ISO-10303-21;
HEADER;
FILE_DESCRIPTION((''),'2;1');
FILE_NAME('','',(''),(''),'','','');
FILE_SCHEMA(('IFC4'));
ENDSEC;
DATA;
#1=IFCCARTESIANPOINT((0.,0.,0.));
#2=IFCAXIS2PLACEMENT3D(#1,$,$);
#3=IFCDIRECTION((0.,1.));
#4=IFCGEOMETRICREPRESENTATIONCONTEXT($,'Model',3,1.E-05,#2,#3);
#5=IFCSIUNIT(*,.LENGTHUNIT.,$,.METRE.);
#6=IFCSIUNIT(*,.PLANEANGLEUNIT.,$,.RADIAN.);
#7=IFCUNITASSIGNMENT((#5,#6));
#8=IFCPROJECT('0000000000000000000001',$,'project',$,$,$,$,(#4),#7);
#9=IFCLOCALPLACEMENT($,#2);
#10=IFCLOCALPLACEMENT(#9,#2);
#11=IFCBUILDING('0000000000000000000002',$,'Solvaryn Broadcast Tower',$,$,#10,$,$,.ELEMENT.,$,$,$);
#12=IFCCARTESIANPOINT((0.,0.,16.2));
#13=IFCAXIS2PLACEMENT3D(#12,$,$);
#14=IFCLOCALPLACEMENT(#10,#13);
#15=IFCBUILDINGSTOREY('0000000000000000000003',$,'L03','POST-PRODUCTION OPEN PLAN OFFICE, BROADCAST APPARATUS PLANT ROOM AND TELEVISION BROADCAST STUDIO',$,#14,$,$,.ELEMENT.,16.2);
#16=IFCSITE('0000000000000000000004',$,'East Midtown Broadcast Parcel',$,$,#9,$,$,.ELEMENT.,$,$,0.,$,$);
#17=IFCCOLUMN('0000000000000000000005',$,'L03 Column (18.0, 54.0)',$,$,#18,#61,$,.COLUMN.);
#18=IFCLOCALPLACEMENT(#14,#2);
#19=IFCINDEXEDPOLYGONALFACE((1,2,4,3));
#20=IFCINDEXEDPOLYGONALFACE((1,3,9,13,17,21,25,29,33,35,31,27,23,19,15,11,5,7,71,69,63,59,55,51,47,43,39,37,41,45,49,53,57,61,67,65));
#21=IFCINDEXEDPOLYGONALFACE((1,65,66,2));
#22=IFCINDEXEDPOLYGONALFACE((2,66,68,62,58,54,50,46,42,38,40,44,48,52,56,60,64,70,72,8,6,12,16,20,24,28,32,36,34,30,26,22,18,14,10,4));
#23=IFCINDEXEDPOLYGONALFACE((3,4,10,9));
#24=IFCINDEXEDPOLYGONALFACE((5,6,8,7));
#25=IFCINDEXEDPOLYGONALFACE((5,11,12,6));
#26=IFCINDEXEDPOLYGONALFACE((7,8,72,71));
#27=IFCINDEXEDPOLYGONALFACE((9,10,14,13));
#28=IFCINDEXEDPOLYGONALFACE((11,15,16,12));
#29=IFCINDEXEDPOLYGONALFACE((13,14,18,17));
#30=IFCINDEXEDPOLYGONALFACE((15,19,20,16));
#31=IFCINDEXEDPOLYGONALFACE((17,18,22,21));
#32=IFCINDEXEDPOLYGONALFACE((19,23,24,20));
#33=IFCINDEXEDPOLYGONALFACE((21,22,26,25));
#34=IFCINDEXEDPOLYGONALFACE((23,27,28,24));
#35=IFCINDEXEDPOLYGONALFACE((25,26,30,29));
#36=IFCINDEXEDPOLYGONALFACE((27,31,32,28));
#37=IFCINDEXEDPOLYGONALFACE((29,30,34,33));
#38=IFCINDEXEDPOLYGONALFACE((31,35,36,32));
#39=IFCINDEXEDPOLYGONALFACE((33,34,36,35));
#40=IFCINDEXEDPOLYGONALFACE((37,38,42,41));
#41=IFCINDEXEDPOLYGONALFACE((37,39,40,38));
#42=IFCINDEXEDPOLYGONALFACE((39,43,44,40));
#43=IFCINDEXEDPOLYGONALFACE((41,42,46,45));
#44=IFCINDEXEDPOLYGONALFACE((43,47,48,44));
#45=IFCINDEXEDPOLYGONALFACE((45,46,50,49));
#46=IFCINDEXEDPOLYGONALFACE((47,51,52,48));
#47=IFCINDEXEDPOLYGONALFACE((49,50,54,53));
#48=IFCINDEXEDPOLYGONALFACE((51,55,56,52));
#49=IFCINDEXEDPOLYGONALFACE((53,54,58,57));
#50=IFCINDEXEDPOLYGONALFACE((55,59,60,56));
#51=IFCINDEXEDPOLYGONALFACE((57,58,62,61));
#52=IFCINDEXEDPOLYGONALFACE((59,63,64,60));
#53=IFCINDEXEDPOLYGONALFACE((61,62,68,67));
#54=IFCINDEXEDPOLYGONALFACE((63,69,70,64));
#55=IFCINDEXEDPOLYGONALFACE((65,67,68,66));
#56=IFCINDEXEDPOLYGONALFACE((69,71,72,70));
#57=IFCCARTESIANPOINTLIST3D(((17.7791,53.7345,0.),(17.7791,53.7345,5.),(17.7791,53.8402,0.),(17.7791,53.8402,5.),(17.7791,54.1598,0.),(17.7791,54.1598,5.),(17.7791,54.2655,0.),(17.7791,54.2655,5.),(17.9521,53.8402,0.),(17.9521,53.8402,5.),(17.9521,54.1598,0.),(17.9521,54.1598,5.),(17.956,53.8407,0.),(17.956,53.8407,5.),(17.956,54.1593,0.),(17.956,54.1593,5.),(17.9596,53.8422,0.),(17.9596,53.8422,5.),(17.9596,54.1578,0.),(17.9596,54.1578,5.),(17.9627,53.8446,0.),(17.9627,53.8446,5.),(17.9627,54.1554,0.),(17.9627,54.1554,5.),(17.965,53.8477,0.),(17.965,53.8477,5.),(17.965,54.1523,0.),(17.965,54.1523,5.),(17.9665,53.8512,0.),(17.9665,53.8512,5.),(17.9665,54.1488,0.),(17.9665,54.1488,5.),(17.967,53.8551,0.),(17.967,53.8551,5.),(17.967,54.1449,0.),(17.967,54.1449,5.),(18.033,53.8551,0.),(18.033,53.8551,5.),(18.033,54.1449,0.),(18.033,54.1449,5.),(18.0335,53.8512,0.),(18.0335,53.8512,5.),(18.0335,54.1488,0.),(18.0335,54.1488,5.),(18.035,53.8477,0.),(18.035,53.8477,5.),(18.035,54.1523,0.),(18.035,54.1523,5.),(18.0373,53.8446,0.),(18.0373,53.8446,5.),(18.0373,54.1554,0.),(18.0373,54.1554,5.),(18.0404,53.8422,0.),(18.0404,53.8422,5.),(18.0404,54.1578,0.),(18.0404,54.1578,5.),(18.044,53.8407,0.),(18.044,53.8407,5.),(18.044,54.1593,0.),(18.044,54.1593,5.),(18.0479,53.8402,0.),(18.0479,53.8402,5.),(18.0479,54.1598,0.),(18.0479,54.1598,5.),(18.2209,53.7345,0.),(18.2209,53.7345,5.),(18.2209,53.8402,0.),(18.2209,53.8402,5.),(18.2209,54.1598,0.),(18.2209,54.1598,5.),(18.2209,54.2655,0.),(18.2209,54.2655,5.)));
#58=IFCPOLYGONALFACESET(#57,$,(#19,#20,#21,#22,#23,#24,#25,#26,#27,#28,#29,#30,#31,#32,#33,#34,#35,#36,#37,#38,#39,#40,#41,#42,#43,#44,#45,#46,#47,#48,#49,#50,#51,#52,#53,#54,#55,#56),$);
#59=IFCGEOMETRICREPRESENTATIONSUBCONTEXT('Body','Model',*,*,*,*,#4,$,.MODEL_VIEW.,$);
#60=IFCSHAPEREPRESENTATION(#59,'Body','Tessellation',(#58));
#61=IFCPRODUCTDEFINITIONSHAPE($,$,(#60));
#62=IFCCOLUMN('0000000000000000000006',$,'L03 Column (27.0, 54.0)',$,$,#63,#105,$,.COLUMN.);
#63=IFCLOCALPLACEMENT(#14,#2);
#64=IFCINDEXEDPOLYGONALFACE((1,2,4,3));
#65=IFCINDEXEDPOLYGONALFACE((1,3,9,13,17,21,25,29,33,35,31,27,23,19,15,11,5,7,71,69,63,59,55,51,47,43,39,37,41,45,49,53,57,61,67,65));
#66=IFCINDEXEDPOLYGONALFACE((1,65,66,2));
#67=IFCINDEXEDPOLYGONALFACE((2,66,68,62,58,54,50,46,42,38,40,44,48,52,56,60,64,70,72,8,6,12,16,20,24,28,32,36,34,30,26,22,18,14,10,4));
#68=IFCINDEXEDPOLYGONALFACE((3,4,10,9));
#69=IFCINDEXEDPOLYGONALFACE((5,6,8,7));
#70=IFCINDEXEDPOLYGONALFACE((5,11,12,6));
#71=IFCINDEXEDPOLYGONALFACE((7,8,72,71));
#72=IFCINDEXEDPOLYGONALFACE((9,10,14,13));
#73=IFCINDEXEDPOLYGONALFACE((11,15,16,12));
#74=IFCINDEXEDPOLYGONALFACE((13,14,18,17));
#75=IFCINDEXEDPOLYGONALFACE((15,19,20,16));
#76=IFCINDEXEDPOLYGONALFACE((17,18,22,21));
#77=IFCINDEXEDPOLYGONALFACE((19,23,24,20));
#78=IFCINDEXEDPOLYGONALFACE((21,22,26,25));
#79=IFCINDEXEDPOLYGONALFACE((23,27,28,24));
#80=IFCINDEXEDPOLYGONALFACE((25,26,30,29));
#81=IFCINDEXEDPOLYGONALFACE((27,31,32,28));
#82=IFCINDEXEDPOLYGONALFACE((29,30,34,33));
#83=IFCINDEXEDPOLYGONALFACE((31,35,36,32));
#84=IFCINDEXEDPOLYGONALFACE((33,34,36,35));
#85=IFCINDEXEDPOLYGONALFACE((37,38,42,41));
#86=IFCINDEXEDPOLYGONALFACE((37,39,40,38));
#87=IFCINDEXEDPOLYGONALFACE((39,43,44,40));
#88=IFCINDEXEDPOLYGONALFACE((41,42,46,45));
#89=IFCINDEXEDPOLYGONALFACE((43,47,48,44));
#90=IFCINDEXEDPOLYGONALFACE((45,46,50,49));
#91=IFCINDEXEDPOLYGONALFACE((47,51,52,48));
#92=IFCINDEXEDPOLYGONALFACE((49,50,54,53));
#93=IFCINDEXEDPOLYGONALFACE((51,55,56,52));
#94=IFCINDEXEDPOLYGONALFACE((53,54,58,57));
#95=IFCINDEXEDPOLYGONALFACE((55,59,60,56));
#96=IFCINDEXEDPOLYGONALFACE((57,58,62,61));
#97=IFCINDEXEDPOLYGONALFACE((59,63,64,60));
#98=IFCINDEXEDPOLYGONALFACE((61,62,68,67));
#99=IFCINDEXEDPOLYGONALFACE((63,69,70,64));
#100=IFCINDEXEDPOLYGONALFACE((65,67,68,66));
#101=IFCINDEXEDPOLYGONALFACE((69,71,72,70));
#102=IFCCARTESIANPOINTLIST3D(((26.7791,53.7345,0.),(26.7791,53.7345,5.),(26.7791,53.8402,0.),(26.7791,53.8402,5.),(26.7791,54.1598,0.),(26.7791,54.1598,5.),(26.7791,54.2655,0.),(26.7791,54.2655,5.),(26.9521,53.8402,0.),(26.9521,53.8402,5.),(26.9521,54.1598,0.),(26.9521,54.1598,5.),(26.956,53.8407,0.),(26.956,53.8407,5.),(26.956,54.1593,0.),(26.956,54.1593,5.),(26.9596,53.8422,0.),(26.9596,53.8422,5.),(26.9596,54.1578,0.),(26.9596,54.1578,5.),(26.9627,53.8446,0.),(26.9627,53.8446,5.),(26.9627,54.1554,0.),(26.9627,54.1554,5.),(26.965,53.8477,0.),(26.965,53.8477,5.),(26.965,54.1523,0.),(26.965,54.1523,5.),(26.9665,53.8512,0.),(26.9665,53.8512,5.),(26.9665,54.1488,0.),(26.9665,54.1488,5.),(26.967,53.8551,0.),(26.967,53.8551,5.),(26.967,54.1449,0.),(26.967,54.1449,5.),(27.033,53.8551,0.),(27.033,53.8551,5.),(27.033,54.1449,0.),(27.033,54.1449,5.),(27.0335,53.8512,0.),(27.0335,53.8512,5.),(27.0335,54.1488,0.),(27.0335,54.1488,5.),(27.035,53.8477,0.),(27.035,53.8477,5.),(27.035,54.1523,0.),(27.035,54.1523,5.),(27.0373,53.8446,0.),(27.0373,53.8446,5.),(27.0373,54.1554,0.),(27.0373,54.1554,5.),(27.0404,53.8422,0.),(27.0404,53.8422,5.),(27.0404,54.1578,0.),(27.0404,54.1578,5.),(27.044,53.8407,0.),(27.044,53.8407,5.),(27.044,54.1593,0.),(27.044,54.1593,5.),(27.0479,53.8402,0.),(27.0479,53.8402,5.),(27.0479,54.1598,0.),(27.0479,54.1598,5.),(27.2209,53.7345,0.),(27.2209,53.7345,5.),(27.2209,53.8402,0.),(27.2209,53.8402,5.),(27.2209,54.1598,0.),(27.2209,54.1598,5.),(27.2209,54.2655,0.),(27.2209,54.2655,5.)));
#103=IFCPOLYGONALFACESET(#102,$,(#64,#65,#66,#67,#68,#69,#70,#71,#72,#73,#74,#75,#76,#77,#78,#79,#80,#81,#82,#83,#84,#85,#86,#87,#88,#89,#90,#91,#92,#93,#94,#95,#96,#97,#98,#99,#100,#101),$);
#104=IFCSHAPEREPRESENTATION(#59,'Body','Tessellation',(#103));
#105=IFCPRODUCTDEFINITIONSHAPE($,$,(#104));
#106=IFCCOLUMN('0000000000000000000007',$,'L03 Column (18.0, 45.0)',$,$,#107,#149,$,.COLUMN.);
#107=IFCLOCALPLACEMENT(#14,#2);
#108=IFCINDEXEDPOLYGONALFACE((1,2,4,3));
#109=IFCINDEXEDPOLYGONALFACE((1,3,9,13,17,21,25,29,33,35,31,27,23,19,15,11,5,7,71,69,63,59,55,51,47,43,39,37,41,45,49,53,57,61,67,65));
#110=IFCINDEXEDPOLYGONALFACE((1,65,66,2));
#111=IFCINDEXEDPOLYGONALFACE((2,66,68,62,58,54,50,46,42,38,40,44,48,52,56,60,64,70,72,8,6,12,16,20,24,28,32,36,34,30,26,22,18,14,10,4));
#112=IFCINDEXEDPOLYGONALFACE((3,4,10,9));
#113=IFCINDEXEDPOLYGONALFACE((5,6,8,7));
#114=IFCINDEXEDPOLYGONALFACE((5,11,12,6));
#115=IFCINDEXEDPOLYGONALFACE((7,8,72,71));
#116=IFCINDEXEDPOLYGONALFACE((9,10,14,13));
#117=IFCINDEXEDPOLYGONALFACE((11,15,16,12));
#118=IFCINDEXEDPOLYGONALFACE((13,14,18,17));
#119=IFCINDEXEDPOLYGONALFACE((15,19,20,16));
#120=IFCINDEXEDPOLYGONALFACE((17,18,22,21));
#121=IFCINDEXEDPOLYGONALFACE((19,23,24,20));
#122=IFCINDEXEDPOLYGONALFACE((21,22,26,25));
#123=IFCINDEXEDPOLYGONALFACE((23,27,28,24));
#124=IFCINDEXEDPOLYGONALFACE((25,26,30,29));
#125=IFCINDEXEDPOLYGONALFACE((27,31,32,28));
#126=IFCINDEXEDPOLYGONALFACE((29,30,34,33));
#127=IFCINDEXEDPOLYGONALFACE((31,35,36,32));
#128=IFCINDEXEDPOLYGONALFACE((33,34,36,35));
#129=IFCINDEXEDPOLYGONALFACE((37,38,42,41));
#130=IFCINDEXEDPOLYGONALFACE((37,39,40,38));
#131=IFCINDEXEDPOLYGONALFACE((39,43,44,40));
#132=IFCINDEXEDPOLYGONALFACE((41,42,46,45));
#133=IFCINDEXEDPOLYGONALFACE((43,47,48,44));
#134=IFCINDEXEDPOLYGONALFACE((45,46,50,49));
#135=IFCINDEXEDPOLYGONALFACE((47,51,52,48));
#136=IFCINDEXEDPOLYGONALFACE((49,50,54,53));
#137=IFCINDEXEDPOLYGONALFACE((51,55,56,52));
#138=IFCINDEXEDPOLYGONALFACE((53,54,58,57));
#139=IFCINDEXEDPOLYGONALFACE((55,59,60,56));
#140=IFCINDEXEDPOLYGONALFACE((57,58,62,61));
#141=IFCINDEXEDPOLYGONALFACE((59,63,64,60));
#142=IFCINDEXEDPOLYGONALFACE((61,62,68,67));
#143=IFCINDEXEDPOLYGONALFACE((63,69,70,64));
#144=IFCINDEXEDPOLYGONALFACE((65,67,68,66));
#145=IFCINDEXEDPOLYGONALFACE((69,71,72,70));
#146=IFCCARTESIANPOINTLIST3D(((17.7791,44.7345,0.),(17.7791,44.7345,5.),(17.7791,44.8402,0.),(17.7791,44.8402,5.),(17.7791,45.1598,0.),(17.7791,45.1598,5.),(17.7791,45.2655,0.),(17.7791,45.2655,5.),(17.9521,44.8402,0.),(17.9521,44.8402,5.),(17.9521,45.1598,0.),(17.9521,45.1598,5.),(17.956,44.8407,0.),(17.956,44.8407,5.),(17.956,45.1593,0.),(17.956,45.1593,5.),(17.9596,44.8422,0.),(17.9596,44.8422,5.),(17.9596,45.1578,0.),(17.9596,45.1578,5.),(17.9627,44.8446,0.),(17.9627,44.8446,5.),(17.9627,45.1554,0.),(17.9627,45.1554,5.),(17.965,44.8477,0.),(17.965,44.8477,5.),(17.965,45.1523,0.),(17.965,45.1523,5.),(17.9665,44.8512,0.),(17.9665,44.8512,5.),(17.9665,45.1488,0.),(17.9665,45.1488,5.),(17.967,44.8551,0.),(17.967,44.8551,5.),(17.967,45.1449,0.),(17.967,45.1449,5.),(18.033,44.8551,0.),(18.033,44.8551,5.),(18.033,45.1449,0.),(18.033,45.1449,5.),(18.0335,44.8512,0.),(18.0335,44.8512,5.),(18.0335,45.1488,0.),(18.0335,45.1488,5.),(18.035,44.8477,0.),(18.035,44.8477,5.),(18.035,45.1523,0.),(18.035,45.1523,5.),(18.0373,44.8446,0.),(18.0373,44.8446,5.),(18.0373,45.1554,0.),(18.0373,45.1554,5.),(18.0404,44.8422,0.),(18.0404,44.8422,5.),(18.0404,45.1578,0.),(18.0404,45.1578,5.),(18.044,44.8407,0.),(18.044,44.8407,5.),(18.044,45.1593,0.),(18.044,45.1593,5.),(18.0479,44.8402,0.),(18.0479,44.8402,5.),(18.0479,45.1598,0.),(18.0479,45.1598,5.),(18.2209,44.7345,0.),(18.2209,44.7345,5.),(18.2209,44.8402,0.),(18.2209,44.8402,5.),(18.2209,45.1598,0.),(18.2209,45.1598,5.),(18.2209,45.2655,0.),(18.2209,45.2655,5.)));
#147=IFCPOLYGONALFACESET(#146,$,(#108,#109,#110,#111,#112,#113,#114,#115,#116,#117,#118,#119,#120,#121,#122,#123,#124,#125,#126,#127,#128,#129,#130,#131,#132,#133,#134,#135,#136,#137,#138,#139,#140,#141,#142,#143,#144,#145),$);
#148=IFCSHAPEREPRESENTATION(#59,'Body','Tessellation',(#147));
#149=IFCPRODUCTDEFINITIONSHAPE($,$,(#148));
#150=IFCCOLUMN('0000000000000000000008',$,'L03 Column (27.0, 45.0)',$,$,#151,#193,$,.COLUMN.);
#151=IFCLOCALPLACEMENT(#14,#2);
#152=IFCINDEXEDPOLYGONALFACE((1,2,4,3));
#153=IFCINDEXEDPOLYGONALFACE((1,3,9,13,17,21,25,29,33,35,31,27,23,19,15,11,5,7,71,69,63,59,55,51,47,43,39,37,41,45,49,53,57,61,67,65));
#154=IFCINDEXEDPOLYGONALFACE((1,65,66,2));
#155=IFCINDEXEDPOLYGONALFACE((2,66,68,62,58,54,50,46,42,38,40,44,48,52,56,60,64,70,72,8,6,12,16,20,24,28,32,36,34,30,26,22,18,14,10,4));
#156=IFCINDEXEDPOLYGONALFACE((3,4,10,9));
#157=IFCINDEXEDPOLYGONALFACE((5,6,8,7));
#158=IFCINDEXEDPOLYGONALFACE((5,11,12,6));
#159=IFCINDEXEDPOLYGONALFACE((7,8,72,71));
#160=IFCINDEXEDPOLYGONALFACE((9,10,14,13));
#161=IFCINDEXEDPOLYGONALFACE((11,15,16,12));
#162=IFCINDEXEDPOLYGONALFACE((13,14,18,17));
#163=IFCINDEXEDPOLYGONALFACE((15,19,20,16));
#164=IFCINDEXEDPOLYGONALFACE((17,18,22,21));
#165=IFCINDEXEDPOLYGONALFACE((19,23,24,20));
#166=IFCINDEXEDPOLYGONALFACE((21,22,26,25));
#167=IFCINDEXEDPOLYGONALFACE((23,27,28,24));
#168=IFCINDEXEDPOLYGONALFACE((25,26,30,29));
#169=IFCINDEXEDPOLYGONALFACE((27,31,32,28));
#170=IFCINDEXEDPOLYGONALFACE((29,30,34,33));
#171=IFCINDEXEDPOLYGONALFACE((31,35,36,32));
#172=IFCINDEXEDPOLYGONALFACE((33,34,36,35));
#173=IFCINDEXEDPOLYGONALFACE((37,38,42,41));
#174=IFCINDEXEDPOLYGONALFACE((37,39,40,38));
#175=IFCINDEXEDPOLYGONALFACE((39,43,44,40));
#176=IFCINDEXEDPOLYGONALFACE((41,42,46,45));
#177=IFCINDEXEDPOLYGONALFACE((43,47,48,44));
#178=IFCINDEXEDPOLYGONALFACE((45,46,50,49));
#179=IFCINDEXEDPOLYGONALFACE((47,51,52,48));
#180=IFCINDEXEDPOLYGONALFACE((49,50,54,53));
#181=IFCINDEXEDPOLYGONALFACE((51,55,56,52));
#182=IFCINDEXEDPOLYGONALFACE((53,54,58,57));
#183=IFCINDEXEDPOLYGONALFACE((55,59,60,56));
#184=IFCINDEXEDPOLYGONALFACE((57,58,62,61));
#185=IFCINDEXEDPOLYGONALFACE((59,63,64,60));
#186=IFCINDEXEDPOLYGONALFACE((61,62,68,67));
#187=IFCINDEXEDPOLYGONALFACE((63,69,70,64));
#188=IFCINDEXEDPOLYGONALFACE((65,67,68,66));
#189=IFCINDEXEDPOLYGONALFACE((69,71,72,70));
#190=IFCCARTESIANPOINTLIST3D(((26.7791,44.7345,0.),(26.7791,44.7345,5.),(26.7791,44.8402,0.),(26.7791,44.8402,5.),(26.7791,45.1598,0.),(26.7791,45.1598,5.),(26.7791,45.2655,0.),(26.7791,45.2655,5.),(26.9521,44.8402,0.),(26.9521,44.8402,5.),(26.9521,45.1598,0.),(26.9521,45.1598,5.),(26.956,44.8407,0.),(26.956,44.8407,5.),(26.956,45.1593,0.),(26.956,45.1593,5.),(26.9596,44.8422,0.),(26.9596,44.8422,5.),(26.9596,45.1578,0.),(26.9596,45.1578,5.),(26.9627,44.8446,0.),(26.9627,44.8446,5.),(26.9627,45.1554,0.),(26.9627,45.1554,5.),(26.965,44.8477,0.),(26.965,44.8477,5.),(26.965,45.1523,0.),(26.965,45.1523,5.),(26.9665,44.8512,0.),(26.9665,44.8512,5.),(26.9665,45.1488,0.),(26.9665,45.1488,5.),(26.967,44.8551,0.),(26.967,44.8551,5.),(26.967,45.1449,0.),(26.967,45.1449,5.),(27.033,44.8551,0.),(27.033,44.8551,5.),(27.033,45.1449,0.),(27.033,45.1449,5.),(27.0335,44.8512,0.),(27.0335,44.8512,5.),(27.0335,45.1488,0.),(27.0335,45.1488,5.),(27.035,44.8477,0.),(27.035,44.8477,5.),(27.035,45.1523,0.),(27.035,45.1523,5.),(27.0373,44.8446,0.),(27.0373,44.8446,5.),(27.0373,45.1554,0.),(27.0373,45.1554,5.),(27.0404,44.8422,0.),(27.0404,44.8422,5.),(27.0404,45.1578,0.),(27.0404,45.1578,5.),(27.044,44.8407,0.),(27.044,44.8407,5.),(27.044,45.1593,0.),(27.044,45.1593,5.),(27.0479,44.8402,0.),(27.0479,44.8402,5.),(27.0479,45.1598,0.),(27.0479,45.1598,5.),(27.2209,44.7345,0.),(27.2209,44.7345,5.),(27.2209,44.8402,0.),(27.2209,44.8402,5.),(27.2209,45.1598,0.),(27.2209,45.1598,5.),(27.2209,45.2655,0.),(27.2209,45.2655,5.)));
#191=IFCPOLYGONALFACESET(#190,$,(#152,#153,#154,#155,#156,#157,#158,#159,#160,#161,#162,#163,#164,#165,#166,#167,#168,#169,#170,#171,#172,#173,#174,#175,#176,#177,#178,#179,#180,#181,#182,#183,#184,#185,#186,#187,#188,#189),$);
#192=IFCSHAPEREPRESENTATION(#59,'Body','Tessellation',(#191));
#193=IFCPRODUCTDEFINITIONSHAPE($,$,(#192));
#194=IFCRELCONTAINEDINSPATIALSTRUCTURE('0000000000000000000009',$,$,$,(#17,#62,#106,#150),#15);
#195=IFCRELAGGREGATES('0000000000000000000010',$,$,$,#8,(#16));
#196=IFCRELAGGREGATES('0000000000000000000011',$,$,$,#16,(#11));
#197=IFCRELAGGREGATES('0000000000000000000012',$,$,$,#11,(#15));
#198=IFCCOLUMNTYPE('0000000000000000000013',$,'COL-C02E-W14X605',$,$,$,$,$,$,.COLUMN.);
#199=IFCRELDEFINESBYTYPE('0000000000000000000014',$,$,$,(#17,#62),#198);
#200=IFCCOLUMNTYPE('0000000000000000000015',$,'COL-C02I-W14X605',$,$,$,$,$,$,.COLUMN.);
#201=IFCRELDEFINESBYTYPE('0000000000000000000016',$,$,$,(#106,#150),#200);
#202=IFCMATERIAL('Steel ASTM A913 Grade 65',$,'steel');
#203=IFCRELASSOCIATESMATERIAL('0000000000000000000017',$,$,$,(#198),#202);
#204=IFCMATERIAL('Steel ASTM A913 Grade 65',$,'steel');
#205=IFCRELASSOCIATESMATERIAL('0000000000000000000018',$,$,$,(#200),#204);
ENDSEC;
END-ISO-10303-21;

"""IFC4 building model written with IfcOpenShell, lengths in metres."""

from ifc_helpers import new_model, si_unit, direction, frame, origin, origin_2d, place, context, subcontext, project, spatial, i_section, extrude, material, material_profile, profile_set, type_object, element, save


model = new_model("IFC4")

# Units and contexts
model_context = context("Model", 3, precision=1e-05, world=origin(), true_north=direction((0.0, 1.0)))
body_context = subcontext(model_context, "Body", "Model", "MODEL_VIEW")
ifc_project = project(units=[si_unit("LENGTHUNIT", "METRE"), si_unit("PLANEANGLEUNIT", "RADIAN")], contexts=[model_context])

# Site, building, storey
site_placement = place(None, origin())
site = spatial("IfcSite", under=ifc_project, at=site_placement, Name="East Midtown Broadcast Parcel", CompositionType="ELEMENT", RefElevation=0.0)
building_placement = place(site_placement, origin())
building = spatial("IfcBuilding", under=site, at=building_placement, Name="Solvaryn Broadcast Tower", CompositionType="ELEMENT")
storey_placement = place(building_placement, frame((0.0, 0.0, 16.2)))
storey = spatial("IfcBuildingStorey", under=building, at=storey_placement, Name="L03", Description="POST-PRODUCTION OPEN PLAN OFFICE, BROADCAST APPARATUS PLANT ROOM AND TELEVISION BROADCAST STUDIO", CompositionType="ELEMENT", Elevation=16.2)

# Columns
ifc_material_1 = material(Name="Steel ASTM A913 Grade 65", Category="steel")
ifc_material_profile_1 = material_profile(ifc_material_1, i_section(OverallWidth=0.4419, OverallDepth=0.531, WebThickness=0.0659, FlangeThickness=0.1057, FilletRadius=0.0149, at=origin_2d()))
ifc_profile_set_1 = profile_set([ifc_material_profile_1], Name="Steel ASTM A913 Grade 65")
column_type_1 = type_object("IfcColumnType", Name="COL-C02E-W14X605", PredefinedType="COLUMN", material=ifc_profile_set_1)
for number, where, z_axis, x_axis, name in (
    (1, (18.0, 54.0, 0.0), (0.0, 0.0, 1.0), (1.0, 0.0, 0.0), "L03 Column (18.0, 54.0)"),
    (2, (27.0, 54.0, 0.0), (0.0, 0.0, 1.0), (1.0, 0.0, 0.0), "L03 Column (27.0, 54.0)"),
):
    element("IfcColumn", number, at=place(storey_placement, frame(where, z_axis=z_axis, x_axis=x_axis)), inside=storey, type_object=column_type_1, Name=name, PredefinedType="COLUMN", context=body_context, shape_type="SweptSolid", body=[
        extrude(i_section(OverallWidth=0.4419, OverallDepth=0.531, WebThickness=0.0659, FlangeThickness=0.1057, FilletRadius=0.0149, at=origin_2d()), origin(), (0.0, 0.0, 1.0), 5.0),
    ])
ifc_material_2 = material(Name="Steel ASTM A913 Grade 65", Category="steel")
ifc_material_profile_2 = material_profile(ifc_material_2, i_section(OverallWidth=0.4419, OverallDepth=0.531, WebThickness=0.0659, FlangeThickness=0.1057, FilletRadius=0.0149, at=origin_2d()))
ifc_profile_set_2 = profile_set([ifc_material_profile_2], Name="Steel ASTM A913 Grade 65")
column_type_2 = type_object("IfcColumnType", Name="COL-C02I-W14X605", PredefinedType="COLUMN", material=ifc_profile_set_2)
for number, where, z_axis, x_axis, name in (
    (3, (18.0, 45.0, 0.0), (0.0, 0.0, 1.0), (1.0, 0.0, 0.0), "L03 Column (18.0, 45.0)"),
    (4, (27.0, 45.0, 0.0), (0.0, 0.0, 1.0), (1.0, 0.0, 0.0), "L03 Column (27.0, 45.0)"),
):
    element("IfcColumn", number, at=place(storey_placement, frame(where, z_axis=z_axis, x_axis=x_axis)), inside=storey, type_object=column_type_2, Name=name, PredefinedType="COLUMN", context=body_context, shape_type="SweptSolid", body=[
        extrude(i_section(OverallWidth=0.4419, OverallDepth=0.531, WebThickness=0.0659, FlangeThickness=0.1057, FilletRadius=0.0149, at=origin_2d()), origin(), (0.0, 0.0, 1.0), 5.0),
    ])

save(model, "model.ifc")
